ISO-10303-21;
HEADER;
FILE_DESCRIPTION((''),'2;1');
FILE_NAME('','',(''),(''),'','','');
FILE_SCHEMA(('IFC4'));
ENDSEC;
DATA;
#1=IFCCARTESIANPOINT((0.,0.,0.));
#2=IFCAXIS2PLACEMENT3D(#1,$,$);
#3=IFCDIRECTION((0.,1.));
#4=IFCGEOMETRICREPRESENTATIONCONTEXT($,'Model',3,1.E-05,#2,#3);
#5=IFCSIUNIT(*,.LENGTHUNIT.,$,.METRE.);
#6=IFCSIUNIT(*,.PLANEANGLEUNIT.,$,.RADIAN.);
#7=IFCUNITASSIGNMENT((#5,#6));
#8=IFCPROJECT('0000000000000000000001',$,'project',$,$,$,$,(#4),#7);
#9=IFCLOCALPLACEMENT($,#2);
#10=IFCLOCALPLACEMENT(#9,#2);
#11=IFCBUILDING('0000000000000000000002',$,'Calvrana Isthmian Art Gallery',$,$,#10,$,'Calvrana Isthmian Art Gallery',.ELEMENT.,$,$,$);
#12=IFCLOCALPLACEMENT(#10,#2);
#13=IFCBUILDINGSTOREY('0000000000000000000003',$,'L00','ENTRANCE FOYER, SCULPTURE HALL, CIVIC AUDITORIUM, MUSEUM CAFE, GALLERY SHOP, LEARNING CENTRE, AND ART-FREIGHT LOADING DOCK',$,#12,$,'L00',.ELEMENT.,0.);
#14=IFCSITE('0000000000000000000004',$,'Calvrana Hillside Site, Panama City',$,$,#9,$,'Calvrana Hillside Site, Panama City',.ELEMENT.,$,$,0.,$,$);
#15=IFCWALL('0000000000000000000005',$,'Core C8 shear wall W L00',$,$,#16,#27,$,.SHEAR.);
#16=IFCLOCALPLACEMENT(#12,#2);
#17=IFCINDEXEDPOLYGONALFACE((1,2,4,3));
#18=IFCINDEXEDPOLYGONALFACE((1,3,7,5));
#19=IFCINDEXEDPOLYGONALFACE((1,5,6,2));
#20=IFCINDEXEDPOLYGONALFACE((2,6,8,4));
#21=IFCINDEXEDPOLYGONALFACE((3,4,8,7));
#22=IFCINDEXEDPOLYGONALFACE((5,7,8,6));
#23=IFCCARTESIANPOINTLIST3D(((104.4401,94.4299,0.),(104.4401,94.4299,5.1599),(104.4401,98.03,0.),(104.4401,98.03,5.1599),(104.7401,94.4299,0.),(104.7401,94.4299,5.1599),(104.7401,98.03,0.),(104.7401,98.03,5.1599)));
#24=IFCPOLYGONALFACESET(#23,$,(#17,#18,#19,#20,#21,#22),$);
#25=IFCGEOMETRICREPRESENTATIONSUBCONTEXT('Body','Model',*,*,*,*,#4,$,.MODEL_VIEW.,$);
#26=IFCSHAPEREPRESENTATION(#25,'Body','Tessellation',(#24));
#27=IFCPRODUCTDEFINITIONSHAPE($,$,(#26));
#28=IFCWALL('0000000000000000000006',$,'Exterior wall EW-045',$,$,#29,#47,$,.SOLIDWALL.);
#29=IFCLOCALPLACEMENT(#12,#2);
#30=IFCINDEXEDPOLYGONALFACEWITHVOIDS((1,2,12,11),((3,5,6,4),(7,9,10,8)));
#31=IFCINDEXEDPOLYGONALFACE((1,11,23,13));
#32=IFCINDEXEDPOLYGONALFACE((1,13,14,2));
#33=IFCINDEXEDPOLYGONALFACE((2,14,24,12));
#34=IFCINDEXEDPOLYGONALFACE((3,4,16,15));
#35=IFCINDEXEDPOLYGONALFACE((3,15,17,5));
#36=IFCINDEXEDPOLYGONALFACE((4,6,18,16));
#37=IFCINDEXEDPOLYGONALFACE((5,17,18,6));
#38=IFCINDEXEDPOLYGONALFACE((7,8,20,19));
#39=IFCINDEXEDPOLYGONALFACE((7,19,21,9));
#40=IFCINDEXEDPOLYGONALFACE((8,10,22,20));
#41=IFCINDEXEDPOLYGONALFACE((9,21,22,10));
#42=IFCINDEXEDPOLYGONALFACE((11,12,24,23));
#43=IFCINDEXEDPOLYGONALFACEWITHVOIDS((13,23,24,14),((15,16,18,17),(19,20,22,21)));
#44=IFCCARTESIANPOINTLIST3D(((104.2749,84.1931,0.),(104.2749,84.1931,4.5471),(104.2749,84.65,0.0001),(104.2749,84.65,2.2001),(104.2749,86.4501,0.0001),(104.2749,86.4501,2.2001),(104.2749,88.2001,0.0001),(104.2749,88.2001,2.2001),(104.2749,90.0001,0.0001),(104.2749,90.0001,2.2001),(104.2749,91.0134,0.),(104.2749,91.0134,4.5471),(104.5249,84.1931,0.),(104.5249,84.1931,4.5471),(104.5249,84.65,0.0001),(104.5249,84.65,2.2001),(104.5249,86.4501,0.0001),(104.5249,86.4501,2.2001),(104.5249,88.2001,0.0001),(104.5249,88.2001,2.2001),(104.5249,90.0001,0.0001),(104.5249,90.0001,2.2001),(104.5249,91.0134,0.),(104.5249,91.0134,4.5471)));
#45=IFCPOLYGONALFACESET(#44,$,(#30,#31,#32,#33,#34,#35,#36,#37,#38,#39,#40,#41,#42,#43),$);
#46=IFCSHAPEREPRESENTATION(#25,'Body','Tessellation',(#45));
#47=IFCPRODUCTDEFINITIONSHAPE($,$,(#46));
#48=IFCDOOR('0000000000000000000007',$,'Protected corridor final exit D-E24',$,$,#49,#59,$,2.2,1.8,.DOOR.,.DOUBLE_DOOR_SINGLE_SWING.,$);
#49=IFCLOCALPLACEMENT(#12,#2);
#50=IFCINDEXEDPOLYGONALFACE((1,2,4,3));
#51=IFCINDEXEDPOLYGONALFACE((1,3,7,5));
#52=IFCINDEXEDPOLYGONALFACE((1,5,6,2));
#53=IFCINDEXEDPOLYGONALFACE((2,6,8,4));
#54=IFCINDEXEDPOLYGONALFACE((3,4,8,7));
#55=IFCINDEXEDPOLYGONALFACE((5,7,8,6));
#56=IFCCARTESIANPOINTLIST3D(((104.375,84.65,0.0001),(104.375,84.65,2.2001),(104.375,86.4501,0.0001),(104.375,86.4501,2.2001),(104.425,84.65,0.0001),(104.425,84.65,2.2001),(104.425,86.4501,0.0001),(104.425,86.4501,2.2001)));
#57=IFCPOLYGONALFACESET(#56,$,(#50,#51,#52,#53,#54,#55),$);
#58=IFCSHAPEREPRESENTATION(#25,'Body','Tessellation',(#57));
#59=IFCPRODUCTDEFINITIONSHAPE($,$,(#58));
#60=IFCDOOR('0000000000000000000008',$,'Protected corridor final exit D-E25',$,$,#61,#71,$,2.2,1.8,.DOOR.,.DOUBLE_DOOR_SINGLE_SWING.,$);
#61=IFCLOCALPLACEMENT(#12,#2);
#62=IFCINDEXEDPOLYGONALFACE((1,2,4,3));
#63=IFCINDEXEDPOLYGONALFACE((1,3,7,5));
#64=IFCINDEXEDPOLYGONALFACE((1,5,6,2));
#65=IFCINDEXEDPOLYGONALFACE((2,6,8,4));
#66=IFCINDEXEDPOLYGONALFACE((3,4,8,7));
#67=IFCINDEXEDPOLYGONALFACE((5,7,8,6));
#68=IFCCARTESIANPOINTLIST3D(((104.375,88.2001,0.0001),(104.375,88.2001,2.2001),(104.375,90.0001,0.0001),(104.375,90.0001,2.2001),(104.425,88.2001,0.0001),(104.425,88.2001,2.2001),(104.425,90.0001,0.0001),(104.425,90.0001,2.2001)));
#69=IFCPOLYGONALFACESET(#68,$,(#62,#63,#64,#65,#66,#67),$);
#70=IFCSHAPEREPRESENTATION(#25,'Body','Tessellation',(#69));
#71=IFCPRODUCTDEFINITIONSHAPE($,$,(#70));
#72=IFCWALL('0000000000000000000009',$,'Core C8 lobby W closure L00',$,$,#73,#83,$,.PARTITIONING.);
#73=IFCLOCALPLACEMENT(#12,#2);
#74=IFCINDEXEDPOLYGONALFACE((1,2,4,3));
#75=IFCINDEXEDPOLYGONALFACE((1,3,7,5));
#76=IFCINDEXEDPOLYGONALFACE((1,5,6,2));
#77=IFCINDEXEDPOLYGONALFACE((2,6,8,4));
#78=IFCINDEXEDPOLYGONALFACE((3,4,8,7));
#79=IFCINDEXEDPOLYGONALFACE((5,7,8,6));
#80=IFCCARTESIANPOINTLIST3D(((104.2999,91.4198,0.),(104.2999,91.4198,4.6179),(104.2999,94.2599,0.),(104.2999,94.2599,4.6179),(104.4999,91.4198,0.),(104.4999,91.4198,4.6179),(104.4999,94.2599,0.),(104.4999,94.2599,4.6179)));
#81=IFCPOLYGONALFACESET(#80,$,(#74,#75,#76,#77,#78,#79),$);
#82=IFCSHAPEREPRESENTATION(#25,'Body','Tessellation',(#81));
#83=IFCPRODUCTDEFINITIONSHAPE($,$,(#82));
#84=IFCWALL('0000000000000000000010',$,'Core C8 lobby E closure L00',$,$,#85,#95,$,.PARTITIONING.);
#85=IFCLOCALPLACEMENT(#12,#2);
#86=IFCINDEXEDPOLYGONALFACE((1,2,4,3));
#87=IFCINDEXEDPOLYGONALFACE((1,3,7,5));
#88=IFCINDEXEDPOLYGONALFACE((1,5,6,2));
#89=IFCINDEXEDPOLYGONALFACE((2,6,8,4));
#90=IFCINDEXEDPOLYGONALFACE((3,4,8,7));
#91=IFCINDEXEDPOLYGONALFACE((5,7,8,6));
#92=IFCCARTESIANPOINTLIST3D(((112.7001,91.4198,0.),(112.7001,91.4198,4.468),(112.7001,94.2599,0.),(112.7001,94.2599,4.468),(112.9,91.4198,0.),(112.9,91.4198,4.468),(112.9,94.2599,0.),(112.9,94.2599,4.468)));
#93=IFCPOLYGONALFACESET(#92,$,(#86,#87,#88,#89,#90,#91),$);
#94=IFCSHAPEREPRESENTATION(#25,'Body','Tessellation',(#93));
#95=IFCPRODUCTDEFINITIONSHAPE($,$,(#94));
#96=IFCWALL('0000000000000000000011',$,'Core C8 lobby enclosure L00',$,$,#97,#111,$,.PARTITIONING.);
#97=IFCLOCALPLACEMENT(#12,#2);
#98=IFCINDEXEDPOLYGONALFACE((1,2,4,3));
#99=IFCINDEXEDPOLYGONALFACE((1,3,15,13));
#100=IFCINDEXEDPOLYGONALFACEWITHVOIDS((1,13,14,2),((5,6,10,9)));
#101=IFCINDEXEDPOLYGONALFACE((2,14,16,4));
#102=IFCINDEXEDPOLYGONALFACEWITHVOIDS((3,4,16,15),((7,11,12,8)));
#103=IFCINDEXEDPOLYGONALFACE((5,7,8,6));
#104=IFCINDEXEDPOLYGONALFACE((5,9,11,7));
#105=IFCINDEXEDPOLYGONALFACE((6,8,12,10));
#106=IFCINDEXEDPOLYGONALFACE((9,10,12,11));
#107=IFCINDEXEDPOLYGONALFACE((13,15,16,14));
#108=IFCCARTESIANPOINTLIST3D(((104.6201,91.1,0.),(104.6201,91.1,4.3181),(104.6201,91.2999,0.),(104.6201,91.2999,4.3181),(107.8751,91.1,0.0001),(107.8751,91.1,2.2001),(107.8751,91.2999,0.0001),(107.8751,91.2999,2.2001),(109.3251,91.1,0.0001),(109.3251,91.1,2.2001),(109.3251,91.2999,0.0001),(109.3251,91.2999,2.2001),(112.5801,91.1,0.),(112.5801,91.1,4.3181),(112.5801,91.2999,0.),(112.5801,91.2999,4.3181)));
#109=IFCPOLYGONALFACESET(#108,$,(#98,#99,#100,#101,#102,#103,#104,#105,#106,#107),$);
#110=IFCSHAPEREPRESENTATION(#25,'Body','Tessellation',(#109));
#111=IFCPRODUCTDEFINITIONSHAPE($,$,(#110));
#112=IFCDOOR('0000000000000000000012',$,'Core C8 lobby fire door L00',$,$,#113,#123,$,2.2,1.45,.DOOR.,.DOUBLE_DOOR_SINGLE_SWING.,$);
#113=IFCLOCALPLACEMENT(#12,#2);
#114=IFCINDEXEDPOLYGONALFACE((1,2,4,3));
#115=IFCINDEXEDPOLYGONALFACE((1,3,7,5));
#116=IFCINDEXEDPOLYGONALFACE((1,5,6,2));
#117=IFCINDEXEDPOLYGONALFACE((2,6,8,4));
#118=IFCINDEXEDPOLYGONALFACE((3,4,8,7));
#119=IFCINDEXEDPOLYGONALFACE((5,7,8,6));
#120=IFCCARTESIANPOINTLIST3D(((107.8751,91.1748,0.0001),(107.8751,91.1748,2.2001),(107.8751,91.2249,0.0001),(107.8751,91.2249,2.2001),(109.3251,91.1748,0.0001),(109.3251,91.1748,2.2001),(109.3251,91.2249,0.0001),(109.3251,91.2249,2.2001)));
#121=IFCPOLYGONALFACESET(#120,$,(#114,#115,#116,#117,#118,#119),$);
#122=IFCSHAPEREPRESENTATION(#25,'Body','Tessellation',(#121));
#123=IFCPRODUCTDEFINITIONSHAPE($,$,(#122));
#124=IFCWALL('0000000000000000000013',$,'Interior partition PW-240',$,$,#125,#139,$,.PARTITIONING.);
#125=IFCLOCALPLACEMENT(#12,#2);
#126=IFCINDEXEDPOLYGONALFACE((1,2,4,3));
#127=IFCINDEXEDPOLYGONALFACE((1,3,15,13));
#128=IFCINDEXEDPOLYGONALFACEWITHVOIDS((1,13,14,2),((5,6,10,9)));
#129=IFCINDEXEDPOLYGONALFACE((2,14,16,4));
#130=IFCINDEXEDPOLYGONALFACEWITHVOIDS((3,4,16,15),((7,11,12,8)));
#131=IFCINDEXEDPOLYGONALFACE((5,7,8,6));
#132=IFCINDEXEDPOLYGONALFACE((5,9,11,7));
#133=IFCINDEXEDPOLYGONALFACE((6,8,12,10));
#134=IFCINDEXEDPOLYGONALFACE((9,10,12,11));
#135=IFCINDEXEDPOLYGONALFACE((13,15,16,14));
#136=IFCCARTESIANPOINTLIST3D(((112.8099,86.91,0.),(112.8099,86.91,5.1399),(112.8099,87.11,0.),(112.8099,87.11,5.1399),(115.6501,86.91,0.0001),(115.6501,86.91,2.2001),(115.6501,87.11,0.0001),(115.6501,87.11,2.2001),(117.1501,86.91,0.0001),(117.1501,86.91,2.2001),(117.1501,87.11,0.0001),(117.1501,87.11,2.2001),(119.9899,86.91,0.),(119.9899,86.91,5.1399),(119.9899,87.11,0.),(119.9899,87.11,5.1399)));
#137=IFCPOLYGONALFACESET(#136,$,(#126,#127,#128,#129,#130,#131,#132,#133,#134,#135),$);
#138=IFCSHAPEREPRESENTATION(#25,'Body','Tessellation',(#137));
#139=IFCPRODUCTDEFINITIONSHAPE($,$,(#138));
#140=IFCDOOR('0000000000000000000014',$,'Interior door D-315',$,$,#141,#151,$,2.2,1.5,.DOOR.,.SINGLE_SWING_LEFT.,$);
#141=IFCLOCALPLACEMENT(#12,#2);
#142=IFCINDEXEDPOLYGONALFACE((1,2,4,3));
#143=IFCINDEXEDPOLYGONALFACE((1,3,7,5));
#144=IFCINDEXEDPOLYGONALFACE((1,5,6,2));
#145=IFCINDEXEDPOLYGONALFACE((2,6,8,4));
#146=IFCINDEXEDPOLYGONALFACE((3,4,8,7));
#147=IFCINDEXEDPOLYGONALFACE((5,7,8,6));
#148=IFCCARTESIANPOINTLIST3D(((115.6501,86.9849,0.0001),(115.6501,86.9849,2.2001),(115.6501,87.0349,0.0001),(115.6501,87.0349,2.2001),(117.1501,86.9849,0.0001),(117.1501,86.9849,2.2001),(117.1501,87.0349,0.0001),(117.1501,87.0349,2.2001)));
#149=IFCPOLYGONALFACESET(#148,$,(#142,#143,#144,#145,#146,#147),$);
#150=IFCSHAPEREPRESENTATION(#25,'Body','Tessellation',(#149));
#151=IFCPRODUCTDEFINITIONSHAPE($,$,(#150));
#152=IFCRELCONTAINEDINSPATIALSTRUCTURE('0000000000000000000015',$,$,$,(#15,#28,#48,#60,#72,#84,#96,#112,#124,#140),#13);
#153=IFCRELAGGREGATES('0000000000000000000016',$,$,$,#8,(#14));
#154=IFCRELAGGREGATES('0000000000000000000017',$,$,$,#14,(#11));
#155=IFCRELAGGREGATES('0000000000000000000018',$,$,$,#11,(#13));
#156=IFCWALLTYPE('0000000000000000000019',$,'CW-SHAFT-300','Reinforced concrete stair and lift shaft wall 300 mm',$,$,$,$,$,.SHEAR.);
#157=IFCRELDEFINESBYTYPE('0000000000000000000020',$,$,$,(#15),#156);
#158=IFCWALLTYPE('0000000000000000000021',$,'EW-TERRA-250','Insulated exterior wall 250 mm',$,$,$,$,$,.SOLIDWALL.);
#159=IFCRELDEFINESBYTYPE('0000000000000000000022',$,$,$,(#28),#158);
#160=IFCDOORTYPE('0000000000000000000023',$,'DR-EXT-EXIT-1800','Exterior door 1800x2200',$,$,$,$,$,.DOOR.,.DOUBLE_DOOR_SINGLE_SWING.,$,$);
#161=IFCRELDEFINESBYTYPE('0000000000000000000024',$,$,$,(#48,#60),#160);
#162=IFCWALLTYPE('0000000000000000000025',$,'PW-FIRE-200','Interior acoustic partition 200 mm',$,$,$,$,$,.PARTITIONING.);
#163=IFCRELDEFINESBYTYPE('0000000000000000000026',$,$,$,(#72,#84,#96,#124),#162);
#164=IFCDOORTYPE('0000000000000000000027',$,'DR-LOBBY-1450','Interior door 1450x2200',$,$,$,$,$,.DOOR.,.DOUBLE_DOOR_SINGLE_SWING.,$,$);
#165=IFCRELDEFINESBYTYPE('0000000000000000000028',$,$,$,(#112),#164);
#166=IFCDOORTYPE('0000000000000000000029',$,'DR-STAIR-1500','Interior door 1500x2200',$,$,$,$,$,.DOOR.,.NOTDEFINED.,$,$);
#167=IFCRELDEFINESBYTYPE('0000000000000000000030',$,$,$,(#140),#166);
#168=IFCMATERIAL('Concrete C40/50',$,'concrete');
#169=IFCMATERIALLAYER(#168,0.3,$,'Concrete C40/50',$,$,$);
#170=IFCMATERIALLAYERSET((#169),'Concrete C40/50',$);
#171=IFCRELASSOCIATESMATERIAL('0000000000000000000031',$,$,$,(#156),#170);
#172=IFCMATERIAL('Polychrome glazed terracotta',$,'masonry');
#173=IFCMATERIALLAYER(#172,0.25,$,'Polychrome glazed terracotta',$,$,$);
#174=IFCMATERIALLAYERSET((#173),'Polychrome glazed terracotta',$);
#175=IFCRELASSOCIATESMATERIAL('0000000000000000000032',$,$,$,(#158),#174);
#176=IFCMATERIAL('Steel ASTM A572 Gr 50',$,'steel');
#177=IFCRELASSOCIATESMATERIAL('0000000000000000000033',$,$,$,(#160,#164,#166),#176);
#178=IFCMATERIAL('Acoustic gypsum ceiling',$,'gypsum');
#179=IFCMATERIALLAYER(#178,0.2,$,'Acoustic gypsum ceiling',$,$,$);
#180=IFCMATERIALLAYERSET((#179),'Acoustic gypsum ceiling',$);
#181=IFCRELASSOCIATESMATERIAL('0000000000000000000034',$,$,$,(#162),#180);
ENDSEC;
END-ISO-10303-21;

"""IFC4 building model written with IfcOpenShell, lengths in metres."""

from ifc_helpers import new_model, si_unit, direction, frame, frame_2d, origin, place, context, subcontext, project, spatial, rectangle, extrude, material, layer, layer_set, type_object, element, fill, save


model = new_model("IFC4")

# Units and contexts
model_context = context("Model", 3, precision=1e-05, world=origin(), true_north=direction((0.0, 1.0)))
body_context = subcontext(model_context, "Body", "Model", "MODEL_VIEW")
ifc_project = project(units=[si_unit("LENGTHUNIT", "METRE"), si_unit("PLANEANGLEUNIT", "RADIAN")], contexts=[model_context])

# Site, building, storey
site_placement = place(None, origin())
site = spatial("IfcSite", under=ifc_project, at=site_placement, Name="Calvrana Hillside Site, Panama City", LongName="Calvrana Hillside Site, Panama City", CompositionType="ELEMENT", RefElevation=0.0)
building_placement = place(site_placement, origin())
building = spatial("IfcBuilding", under=site, at=building_placement, Name="Calvrana Isthmian Art Gallery", LongName="Calvrana Isthmian Art Gallery", CompositionType="ELEMENT")
storey_placement = place(building_placement, origin())
storey = spatial("IfcBuildingStorey", under=building, at=storey_placement, Name="L00", Description="ENTRANCE FOYER, SCULPTURE HALL, CIVIC AUDITORIUM, MUSEUM CAFE, GALLERY SHOP, LEARNING CENTRE, AND ART-FREIGHT LOADING DOCK", LongName="L00", CompositionType="ELEMENT", Elevation=0.0)

# Shared definitions
ifc_material_1 = material(Name="Concrete C40/50", Category="concrete")
ifc_layer_1 = layer(ifc_material_1, 0.3, Name="Concrete C40/50")
ifc_layer_set_1 = layer_set([ifc_layer_1], Name="Concrete C40/50")
wall_type_1 = type_object("IfcWallType", Name="CW-SHAFT-300", Description="Reinforced concrete stair and lift shaft wall 300 mm", PredefinedType="SHEAR", material=ifc_layer_set_1)
ifc_material_2 = material(Name="Steel ASTM A572 Gr 50", Category="steel")

# Wall
wall_1_placement = place(storey_placement, frame((104.5901, 94.4299, 0.0), z_axis=(0.0, 0.0, 1.0), x_axis=(0.0, 1.0, 0.0)))
element("IfcWall", 1, at=wall_1_placement, inside=storey, type_object=wall_type_1, Name="Core C8 shear wall W L00", PredefinedType="SHEAR", context=body_context, shape_type="SweptSolid", body=[
    extrude(rectangle(XDim=3.6001, YDim=0.3, at=frame_2d((1.8, 0.0))), origin(), (0.0, 0.0, 1.0), 5.1599),
])

# Wall, openings, doors
ifc_material_3 = material(Name="Polychrome glazed terracotta", Category="masonry")
ifc_layer_2 = layer(ifc_material_3, 0.25, Name="Polychrome glazed terracotta")
ifc_layer_set_2 = layer_set([ifc_layer_2], Name="Polychrome glazed terracotta")
wall_type_2 = type_object("IfcWallType", Name="EW-TERRA-250", Description="Insulated exterior wall 250 mm", PredefinedType="SOLIDWALL", material=ifc_layer_set_2)
wall_2_placement = place(storey_placement, frame((104.3999, 84.1931, 0.0), z_axis=(0.0, 0.0, 1.0), x_axis=(0.0, 1.0, 0.0)))
wall_2 = element("IfcWall", 2, at=wall_2_placement, inside=storey, type_object=wall_type_2, Name="Exterior wall EW-045", PredefinedType="SOLIDWALL", context=body_context, shape_type="SweptSolid", body=[
    extrude(rectangle(XDim=6.8203, YDim=0.25, at=frame_2d((3.4102, 0.0))), origin(), (0.0, 0.0, 1.0), 4.5471),
])
opening_1_placement = place(wall_2_placement, frame((0.457, 0.0, 0.0)))
opening_1 = element("IfcOpeningElement", 3, at=opening_1_placement, cuts=wall_2, PredefinedType="OPENING", context=body_context, shape_type="SweptSolid", body=[
    extrude(rectangle(XDim=1.8, YDim=2.2, at=frame_2d((0.8999, 1.1001))), frame((0.0, 0.1353, 0.0), z_axis=(0.0, -1.0, 0.0), x_axis=(1.0, 0.0, 0.0)), (0.0, 0.0, 1.0), 0.2705),
])
opening_2_placement = place(wall_2_placement, frame((4.0071, 0.0, 0.0)))
opening_2 = element("IfcOpeningElement", 4, at=opening_2_placement, cuts=wall_2, PredefinedType="OPENING", context=body_context, shape_type="SweptSolid", body=[
    extrude(rectangle(XDim=1.8, YDim=2.2, at=frame_2d((0.8999, 1.1001))), frame((0.0, 0.1353, 0.0), z_axis=(0.0, -1.0, 0.0), x_axis=(1.0, 0.0, 0.0)), (0.0, 0.0, 1.0), 0.2705),
])
door_type_1 = type_object("IfcDoorType", Name="DR-EXT-EXIT-1800", Description="Exterior door 1800x2200", OperationType="DOUBLE_DOOR_SINGLE_SWING", PredefinedType="DOOR", material=ifc_material_2)
door_1_placement = place(opening_1_placement, origin())
door_1 = element("IfcDoor", 5, at=door_1_placement, inside=storey, type_object=door_type_1, Name="Protected corridor final exit D-E24", OperationType="DOUBLE_DOOR_SINGLE_SWING", OverallHeight=2.2, OverallWidth=1.8, PredefinedType="DOOR", context=body_context, shape_type="SweptSolid", body=[
    extrude(rectangle(XDim=1.8, YDim=2.2, at=frame_2d((0.8999, 1.1001))), frame((0.0, 0.0249, 0.0), z_axis=(0.0, -1.0, 0.0), x_axis=(1.0, 0.0, 0.0)), (0.0, 0.0, 1.0), 0.05),
])
fill(opening_1, door_1)
door_2_placement = place(opening_2_placement, origin())
door_2 = element("IfcDoor", 6, at=door_2_placement, inside=storey, type_object=door_type_1, Name="Protected corridor final exit D-E25", OperationType="DOUBLE_DOOR_SINGLE_SWING", OverallHeight=2.2, OverallWidth=1.8, PredefinedType="DOOR", context=body_context, shape_type="SweptSolid", body=[
    extrude(rectangle(XDim=1.8, YDim=2.2, at=frame_2d((0.8999, 1.1001))), frame((0.0, 0.0249, 0.0), z_axis=(0.0, -1.0, 0.0), x_axis=(1.0, 0.0, 0.0)), (0.0, 0.0, 1.0), 0.05),
])
fill(opening_2, door_2)

# Walls
ifc_material_4 = material(Name="Acoustic gypsum ceiling", Category="gypsum")
ifc_layer_3 = layer(ifc_material_4, 0.2, Name="Acoustic gypsum ceiling")
ifc_layer_set_3 = layer_set([ifc_layer_3], Name="Acoustic gypsum ceiling")
wall_type_3 = type_object("IfcWallType", Name="PW-FIRE-200", Description="Interior acoustic partition 200 mm", PredefinedType="PARTITIONING", material=ifc_layer_set_3)
wall_3_placement = place(storey_placement, frame((104.3999, 91.4199, 0.0), z_axis=(0.0, 0.0, 1.0), x_axis=(0.0, 1.0, 0.0)))
element("IfcWall", 7, at=wall_3_placement, inside=storey, type_object=wall_type_3, Name="Core C8 lobby W closure L00", PredefinedType="PARTITIONING", context=body_context, shape_type="SweptSolid", body=[
    extrude(rectangle(XDim=2.8401, YDim=0.2, at=frame_2d((1.4199, 0.0))), origin(), (0.0, 0.0, 1.0), 4.6179),
])
wall_4_placement = place(storey_placement, frame((112.8, 91.4199, 0.0), z_axis=(0.0, 0.0, 1.0), x_axis=(0.0, 1.0, 0.0)))
element("IfcWall", 8, at=wall_4_placement, inside=storey, type_object=wall_type_3, Name="Core C8 lobby E closure L00", PredefinedType="PARTITIONING", context=body_context, shape_type="SweptSolid", body=[
    extrude(rectangle(XDim=2.8401, YDim=0.2, at=frame_2d((1.4199, 0.0))), origin(), (0.0, 0.0, 1.0), 4.468),
])

# Walls, openings, doors
wall_5_placement = place(storey_placement, frame((104.6201, 91.2, 0.0), z_axis=(0.0, 0.0, 1.0), x_axis=(1.0, 0.0, 0.0)))
wall_5 = element("IfcWall", 9, at=wall_5_placement, inside=storey, type_object=wall_type_3, Name="Core C8 lobby enclosure L00", PredefinedType="PARTITIONING", context=body_context, shape_type="SweptSolid", body=[
    extrude(rectangle(XDim=7.96, YDim=0.2, at=frame_2d((3.98, 0.0))), origin(), (0.0, 0.0, 1.0), 4.3181),
])
opening_3_placement = place(wall_5_placement, frame((3.2549, 0.0, 0.0)))
opening_3 = element("IfcOpeningElement", 10, at=opening_3_placement, cuts=wall_5, PredefinedType="OPENING", context=body_context, shape_type="SweptSolid", body=[
    extrude(rectangle(XDim=1.45, YDim=2.2, at=frame_2d((0.7251, 1.1001))), frame((0.0, 0.1104, 0.0), z_axis=(0.0, -1.0, 0.0), x_axis=(1.0, 0.0, 0.0)), (0.0, 0.0, 1.0), 0.2205),
])
door_type_2 = type_object("IfcDoorType", Name="DR-LOBBY-1450", Description="Interior door 1450x2200", OperationType="DOUBLE_DOOR_SINGLE_SWING", PredefinedType="DOOR", material=ifc_material_2)
door_3_placement = place(opening_3_placement, origin())
door_3 = element("IfcDoor", 11, at=door_3_placement, inside=storey, type_object=door_type_2, Name="Core C8 lobby fire door L00", OperationType="DOUBLE_DOOR_SINGLE_SWING", OverallHeight=2.2, OverallWidth=1.45, PredefinedType="DOOR", context=body_context, shape_type="SweptSolid", body=[
    extrude(rectangle(XDim=1.45, YDim=2.2, at=frame_2d((0.7251, 1.1001))), frame((0.0, 0.0249, 0.0), z_axis=(0.0, -1.0, 0.0), x_axis=(1.0, 0.0, 0.0)), (0.0, 0.0, 1.0), 0.05),
])
fill(opening_3, door_3)
wall_6_placement = place(storey_placement, frame((112.8101, 87.01, 0.0), z_axis=(0.0, 0.0, 1.0), x_axis=(1.0, 0.0, 0.0)))
wall_6 = element("IfcWall", 12, at=wall_6_placement, inside=storey, type_object=wall_type_3, Name="Interior partition PW-240", PredefinedType="PARTITIONING", context=body_context, shape_type="SweptSolid", body=[
    extrude(rectangle(XDim=7.1799, YDim=0.2, at=frame_2d((3.5898, 0.0))), origin(), (0.0, 0.0, 1.0), 5.1399),
])
opening_4_placement = place(wall_6_placement, frame((2.8401, 0.0, 0.0)))
opening_4 = element("IfcOpeningElement", 13, at=opening_4_placement, cuts=wall_6, PredefinedType="OPENING", context=body_context, shape_type="SweptSolid", body=[
    extrude(rectangle(XDim=1.5, YDim=2.2, at=frame_2d((0.75, 1.1001))), frame((0.0, 0.1104, 0.0), z_axis=(0.0, -1.0, 0.0), x_axis=(1.0, 0.0, 0.0)), (0.0, 0.0, 1.0), 0.2205),
])
door_type_3 = type_object("IfcDoorType", Name="DR-STAIR-1500", Description="Interior door 1500x2200", OperationType="NOTDEFINED", PredefinedType="DOOR", material=ifc_material_2)
door_4_placement = place(opening_4_placement, origin())
door_4 = element("IfcDoor", 14, at=door_4_placement, inside=storey, type_object=door_type_3, Name="Interior door D-315", OperationType="SINGLE_SWING_LEFT", OverallHeight=2.2, OverallWidth=1.5, PredefinedType="DOOR", context=body_context, shape_type="SweptSolid", body=[
    extrude(rectangle(XDim=1.5, YDim=2.2, at=frame_2d((0.75, 1.1001))), frame((0.0, 0.0249, 0.0), z_axis=(0.0, -1.0, 0.0), x_axis=(1.0, 0.0, 0.0)), (0.0, 0.0, 1.0), 0.05),
])
fill(opening_4, door_4)

save(model, "model.ifc")
